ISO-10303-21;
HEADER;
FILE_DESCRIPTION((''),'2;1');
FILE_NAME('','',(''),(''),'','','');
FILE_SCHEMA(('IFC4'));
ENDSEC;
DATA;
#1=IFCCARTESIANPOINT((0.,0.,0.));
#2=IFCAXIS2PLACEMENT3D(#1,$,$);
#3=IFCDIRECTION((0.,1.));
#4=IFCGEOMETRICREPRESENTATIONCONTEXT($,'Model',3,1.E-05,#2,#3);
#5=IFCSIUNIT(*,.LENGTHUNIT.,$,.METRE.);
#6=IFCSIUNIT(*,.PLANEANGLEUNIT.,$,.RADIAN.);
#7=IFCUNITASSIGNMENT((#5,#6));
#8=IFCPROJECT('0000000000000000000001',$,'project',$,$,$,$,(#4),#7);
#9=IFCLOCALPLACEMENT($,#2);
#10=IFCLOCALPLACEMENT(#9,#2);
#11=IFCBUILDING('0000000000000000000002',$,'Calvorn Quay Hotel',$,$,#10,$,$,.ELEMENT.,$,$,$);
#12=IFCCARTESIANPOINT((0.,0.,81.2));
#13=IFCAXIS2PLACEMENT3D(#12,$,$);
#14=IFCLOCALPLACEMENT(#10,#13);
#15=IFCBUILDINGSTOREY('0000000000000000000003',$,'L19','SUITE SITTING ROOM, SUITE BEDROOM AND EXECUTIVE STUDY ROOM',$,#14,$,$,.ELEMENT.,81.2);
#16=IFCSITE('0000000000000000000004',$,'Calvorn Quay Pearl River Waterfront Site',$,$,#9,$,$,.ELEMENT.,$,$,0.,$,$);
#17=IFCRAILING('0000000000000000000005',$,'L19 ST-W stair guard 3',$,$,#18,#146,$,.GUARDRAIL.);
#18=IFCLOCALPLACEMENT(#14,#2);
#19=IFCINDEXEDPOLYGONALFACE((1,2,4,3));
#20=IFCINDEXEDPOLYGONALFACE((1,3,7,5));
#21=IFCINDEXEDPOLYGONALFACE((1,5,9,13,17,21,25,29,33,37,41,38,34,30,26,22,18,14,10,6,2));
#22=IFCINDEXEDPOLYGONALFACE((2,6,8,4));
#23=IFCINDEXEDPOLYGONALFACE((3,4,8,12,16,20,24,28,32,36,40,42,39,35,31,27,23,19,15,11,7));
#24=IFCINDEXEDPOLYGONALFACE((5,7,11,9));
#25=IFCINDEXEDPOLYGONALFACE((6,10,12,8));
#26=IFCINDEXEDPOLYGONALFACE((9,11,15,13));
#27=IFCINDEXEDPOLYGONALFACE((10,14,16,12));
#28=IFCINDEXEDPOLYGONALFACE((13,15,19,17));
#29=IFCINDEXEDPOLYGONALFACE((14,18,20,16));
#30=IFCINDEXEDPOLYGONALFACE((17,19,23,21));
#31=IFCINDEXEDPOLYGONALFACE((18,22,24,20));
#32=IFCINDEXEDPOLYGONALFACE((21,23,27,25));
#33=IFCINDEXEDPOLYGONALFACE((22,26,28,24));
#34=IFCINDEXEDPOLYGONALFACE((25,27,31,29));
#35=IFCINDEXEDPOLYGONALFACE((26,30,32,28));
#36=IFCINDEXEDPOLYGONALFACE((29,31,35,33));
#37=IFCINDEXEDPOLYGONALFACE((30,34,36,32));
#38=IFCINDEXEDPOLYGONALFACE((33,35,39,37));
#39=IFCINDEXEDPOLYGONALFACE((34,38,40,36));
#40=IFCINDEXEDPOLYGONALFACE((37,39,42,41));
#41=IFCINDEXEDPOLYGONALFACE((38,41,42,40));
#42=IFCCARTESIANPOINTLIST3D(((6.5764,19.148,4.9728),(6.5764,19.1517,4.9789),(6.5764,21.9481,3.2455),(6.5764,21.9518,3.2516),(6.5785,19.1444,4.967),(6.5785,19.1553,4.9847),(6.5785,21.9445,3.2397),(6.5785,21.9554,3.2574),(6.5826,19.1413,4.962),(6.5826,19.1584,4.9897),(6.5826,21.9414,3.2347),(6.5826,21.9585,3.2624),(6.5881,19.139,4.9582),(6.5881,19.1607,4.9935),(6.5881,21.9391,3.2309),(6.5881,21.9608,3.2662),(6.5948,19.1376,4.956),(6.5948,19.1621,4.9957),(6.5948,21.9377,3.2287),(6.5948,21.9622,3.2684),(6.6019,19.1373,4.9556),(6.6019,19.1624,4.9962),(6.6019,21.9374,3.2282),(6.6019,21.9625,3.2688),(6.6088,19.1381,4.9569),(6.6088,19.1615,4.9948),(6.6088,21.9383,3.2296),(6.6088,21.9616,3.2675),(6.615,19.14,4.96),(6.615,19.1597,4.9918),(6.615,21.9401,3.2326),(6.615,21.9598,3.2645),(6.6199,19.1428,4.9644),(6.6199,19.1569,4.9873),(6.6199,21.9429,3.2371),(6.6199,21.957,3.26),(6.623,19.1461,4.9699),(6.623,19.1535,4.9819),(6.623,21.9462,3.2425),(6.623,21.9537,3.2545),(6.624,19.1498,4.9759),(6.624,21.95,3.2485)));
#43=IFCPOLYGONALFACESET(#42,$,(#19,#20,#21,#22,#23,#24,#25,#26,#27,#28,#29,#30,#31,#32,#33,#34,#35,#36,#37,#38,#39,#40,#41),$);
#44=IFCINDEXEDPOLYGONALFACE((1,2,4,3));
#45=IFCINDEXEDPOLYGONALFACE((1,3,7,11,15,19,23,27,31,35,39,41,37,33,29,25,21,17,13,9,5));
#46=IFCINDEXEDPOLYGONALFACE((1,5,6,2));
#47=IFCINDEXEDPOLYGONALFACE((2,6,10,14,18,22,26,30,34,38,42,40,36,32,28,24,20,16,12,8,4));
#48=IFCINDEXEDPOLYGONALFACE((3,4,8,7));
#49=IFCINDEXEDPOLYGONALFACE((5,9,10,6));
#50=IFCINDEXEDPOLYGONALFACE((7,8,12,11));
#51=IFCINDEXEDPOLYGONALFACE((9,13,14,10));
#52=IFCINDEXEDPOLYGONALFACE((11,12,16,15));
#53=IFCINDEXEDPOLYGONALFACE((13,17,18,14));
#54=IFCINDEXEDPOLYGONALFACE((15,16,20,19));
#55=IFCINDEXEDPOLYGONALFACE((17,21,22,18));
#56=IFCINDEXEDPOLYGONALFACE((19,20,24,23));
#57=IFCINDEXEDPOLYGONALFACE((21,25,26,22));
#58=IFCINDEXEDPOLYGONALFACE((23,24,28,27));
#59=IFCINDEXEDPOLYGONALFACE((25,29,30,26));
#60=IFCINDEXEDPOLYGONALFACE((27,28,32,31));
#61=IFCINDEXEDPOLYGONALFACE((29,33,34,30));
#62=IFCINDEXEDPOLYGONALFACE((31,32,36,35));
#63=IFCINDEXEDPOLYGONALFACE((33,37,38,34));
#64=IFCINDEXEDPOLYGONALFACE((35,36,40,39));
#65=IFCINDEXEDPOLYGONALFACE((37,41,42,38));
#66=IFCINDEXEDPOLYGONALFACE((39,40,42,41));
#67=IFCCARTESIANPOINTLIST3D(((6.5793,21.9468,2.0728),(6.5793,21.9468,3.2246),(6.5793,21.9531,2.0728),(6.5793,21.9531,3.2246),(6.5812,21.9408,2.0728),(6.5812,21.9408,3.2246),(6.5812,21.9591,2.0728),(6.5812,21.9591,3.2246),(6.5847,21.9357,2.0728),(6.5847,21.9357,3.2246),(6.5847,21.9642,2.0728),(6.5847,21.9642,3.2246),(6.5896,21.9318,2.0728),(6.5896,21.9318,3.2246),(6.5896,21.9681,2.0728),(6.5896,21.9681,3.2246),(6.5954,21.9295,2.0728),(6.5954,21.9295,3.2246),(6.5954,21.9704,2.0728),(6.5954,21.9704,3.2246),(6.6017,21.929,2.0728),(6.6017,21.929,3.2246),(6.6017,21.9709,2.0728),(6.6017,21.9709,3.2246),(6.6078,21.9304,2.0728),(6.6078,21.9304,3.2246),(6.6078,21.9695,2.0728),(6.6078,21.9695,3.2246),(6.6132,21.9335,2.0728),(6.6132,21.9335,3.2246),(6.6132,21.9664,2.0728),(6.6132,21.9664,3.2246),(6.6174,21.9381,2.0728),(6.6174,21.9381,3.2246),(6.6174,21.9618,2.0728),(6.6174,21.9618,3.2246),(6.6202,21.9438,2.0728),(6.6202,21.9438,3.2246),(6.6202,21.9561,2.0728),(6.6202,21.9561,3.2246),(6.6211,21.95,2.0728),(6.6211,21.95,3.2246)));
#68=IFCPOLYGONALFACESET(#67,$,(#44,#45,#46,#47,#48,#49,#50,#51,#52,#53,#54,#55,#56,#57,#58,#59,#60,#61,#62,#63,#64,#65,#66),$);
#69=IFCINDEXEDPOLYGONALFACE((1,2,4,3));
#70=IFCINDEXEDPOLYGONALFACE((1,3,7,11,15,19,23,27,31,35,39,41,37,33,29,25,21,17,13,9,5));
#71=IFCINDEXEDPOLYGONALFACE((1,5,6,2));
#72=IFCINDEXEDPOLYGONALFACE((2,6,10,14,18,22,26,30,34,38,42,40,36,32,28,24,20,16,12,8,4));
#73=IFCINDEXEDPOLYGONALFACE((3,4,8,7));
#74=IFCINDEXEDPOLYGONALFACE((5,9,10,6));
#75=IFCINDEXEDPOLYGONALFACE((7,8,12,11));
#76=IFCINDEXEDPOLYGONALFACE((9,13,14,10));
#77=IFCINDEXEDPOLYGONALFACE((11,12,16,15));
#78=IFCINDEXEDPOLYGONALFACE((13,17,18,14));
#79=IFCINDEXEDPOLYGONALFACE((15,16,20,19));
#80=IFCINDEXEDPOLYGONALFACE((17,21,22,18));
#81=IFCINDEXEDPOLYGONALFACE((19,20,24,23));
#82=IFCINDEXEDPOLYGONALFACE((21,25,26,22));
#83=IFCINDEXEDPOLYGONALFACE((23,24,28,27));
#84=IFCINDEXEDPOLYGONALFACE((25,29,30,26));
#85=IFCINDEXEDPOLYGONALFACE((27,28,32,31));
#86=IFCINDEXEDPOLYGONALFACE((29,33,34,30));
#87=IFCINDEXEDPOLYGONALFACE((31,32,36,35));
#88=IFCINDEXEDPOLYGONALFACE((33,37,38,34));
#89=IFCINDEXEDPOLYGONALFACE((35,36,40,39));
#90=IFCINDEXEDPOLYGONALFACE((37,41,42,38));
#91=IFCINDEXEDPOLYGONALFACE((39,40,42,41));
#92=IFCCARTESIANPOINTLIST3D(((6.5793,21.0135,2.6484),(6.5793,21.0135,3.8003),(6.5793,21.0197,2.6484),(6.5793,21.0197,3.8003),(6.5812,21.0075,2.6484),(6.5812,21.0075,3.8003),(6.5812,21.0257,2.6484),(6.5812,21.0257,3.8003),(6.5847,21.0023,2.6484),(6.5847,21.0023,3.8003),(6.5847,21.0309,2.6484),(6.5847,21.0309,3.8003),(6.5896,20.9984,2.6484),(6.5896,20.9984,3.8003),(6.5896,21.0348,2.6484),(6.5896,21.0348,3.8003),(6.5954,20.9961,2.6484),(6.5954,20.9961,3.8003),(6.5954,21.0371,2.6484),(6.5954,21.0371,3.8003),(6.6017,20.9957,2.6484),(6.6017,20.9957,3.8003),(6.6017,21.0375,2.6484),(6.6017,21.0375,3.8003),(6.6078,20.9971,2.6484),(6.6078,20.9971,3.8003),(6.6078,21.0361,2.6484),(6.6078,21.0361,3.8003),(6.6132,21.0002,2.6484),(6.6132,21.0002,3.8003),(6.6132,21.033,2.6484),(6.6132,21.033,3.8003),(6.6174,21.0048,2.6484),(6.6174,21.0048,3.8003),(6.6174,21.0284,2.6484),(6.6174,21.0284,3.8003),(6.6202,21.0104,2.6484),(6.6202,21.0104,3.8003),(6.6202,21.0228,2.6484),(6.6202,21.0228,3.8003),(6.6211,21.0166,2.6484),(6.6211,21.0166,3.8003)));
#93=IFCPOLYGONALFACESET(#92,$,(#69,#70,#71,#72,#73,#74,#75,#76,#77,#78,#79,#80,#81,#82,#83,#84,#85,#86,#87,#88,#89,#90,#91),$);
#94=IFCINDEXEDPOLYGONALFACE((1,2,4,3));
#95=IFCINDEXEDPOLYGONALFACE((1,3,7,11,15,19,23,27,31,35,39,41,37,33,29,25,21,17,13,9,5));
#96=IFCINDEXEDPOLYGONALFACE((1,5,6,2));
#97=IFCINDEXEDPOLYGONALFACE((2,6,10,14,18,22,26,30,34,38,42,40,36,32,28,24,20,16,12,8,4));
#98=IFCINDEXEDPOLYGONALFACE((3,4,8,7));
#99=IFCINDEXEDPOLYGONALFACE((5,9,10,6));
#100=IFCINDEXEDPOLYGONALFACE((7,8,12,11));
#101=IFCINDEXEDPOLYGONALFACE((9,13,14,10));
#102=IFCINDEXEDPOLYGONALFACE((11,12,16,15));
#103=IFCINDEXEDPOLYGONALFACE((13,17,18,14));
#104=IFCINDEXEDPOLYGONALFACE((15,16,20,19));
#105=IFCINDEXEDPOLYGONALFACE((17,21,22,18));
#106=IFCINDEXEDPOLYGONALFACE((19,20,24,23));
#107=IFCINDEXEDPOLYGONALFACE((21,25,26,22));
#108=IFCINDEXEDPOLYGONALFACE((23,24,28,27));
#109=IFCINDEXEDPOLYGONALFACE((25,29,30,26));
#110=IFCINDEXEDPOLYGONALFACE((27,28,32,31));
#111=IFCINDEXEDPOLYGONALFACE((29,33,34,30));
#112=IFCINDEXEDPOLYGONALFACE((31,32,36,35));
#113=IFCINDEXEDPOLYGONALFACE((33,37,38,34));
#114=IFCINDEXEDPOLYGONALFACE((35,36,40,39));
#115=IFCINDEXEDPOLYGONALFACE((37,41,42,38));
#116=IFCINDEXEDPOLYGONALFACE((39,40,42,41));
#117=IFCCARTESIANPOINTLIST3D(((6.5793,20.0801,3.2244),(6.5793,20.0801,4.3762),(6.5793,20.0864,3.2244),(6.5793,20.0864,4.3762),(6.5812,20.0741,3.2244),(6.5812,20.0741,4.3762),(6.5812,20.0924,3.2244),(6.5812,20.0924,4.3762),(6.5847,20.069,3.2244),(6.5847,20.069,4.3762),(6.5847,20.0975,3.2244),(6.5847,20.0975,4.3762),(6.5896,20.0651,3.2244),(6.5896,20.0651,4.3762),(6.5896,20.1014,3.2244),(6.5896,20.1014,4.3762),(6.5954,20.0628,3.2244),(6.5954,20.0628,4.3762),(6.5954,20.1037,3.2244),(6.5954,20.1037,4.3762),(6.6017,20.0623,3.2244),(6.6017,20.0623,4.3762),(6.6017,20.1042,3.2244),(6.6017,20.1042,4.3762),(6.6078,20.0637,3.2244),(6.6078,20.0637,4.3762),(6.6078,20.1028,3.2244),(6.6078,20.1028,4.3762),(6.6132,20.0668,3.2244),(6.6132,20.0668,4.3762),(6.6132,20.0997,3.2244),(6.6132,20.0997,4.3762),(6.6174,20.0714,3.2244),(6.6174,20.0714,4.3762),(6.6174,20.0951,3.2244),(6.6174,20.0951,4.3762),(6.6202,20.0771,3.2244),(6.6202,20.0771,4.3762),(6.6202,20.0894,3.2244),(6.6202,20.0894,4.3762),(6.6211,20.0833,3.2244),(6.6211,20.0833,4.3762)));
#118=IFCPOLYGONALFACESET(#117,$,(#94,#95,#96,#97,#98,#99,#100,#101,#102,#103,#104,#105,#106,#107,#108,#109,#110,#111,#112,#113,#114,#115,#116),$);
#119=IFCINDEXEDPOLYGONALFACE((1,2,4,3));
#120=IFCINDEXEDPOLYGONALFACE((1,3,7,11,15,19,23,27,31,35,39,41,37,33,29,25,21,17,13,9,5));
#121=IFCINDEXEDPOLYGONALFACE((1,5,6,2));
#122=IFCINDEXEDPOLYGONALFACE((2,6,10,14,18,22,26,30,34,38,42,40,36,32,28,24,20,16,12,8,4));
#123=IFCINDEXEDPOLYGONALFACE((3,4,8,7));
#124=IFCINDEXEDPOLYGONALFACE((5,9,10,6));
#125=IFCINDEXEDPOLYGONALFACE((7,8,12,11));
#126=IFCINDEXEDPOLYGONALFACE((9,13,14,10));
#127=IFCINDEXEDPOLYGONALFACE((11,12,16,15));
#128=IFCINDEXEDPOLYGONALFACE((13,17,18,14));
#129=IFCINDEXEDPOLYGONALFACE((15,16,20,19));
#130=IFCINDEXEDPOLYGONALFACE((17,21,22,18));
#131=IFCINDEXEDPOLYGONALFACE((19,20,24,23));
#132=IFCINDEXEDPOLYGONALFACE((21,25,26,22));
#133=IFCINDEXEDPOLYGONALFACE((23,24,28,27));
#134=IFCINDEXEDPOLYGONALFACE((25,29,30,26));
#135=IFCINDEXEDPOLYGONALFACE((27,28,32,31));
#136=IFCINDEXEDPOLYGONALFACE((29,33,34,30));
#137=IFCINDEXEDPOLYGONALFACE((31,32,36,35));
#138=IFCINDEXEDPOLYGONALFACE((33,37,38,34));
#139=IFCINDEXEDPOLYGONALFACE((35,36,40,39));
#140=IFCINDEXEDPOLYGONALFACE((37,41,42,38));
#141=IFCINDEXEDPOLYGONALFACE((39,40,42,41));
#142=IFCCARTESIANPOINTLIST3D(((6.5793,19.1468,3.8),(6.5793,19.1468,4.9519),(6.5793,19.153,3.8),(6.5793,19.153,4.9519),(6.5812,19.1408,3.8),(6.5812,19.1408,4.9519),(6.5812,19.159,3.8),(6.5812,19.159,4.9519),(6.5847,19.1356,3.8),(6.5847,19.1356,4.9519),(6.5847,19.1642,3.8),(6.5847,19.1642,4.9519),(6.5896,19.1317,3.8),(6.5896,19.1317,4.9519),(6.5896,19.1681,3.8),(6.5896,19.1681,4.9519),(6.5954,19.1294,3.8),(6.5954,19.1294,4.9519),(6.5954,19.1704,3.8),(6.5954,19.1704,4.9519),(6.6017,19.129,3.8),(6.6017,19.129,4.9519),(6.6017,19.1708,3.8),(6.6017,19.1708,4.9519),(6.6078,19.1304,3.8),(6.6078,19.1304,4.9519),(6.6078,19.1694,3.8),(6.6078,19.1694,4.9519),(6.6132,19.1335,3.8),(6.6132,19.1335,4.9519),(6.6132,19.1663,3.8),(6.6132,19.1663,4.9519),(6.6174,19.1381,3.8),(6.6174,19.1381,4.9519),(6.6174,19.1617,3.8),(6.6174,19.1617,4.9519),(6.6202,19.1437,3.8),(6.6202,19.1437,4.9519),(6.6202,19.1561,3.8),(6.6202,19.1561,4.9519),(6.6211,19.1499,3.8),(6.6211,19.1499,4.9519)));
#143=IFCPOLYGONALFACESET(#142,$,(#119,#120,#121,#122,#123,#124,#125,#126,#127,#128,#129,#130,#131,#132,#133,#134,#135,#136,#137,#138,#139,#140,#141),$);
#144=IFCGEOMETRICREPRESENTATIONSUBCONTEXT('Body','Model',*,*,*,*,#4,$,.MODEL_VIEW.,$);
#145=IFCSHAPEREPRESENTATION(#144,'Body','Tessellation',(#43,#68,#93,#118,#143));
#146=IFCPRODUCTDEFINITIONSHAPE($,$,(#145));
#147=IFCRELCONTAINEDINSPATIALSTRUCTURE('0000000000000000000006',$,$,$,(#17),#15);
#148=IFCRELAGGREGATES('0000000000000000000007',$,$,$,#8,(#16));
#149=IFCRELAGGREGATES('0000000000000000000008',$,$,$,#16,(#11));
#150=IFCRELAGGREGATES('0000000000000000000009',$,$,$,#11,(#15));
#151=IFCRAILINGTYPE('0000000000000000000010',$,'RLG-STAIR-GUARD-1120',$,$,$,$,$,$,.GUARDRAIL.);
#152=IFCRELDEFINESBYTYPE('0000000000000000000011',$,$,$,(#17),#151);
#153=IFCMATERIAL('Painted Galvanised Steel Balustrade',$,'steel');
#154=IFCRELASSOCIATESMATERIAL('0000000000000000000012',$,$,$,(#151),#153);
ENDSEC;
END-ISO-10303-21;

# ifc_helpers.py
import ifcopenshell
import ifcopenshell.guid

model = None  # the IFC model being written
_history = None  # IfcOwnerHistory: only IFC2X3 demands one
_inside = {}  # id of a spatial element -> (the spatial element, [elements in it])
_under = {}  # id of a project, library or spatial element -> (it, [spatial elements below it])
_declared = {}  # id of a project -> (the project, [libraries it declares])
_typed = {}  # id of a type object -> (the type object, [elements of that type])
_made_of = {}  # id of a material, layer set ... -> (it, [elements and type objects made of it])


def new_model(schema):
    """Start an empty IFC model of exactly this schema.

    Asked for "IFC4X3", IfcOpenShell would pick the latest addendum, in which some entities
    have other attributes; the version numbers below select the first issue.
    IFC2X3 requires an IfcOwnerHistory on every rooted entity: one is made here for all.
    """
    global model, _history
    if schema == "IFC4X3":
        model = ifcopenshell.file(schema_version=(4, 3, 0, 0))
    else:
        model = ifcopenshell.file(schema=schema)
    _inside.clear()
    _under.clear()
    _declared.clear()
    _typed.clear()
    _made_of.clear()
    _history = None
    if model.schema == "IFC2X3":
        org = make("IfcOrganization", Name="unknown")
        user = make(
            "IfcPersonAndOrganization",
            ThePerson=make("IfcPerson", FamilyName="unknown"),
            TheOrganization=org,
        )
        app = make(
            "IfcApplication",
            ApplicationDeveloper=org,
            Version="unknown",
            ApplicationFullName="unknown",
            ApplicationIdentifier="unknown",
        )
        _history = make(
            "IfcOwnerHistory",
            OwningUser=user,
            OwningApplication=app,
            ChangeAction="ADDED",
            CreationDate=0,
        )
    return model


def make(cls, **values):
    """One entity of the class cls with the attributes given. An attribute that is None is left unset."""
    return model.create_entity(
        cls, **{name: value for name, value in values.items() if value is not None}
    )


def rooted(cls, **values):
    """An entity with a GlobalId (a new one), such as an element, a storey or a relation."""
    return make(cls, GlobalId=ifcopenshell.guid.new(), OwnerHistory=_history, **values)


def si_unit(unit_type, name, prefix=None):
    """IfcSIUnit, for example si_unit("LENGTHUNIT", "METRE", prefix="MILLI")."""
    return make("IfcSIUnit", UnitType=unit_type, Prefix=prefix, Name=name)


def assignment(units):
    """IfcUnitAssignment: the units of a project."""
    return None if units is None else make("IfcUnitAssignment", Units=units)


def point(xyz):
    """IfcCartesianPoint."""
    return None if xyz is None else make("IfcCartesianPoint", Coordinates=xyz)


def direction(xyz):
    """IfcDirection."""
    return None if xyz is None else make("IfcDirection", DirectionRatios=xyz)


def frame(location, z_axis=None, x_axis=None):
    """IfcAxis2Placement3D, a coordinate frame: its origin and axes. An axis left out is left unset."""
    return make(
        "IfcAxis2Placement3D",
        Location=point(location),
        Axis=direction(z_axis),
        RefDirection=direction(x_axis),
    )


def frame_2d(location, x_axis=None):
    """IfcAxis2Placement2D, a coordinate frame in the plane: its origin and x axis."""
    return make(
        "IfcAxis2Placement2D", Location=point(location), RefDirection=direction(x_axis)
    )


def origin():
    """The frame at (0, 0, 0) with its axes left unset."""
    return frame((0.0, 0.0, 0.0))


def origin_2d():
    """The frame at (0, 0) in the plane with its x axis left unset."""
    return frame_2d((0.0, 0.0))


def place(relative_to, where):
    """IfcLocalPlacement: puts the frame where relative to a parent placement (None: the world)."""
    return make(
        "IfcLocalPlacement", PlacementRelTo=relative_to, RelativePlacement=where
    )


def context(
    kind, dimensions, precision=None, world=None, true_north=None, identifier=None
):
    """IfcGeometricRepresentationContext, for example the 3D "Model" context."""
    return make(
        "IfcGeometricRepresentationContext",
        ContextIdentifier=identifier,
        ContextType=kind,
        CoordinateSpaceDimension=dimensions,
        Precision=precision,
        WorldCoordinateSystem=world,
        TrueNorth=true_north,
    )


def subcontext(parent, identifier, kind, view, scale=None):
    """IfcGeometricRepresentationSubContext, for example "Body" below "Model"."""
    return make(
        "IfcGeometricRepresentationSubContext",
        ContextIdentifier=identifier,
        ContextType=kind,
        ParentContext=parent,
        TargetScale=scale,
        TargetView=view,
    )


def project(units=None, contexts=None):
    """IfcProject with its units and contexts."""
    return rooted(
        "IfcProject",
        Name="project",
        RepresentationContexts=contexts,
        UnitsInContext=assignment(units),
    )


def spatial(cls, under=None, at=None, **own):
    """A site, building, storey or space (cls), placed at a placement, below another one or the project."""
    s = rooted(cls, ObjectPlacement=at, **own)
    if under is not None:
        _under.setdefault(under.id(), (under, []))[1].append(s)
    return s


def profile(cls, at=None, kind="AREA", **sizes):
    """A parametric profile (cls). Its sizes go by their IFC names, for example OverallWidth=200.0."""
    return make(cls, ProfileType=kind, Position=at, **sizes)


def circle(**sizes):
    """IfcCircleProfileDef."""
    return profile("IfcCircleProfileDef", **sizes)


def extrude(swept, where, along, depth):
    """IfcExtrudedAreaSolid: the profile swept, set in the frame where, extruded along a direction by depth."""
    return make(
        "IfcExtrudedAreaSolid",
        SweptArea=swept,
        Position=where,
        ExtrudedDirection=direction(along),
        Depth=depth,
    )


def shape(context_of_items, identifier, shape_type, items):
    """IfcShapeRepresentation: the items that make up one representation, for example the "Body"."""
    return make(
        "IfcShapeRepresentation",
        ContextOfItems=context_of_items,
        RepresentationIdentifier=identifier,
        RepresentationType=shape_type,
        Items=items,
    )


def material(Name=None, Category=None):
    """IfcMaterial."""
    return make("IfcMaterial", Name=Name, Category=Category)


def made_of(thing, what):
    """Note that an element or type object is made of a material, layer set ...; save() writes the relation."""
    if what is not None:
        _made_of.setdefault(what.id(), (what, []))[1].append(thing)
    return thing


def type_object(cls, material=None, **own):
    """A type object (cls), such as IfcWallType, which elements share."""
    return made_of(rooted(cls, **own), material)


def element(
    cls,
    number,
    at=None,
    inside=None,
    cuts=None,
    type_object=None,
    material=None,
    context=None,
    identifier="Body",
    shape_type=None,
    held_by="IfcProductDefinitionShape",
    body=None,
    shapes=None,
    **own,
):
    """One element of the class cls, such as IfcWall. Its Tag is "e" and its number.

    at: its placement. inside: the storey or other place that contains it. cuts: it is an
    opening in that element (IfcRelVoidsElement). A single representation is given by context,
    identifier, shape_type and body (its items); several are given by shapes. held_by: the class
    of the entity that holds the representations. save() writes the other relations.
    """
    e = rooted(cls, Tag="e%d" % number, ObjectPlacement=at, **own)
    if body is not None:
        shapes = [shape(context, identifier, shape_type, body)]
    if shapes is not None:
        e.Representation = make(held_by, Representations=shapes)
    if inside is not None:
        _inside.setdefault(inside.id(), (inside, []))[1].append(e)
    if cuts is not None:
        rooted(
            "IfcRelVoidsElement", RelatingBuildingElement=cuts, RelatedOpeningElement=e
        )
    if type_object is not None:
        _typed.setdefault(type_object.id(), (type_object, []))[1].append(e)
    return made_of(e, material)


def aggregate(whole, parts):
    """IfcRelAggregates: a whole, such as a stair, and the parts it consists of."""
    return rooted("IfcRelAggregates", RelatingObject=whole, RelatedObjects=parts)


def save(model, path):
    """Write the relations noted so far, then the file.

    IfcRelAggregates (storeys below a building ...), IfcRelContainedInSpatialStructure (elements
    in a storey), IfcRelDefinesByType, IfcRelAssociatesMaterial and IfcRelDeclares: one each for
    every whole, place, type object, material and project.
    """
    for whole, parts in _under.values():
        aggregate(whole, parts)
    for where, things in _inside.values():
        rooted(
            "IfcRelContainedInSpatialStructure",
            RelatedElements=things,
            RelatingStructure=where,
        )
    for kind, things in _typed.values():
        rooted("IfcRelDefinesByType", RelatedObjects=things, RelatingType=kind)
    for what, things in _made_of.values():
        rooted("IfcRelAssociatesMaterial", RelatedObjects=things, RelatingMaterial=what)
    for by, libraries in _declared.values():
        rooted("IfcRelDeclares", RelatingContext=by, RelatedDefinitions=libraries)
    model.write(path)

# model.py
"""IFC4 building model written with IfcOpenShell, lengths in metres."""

from ifc_helpers import new_model, si_unit, direction, frame, origin, origin_2d, place, context, subcontext, project, spatial, circle, extrude, material, type_object, element, save


model = new_model("IFC4")

# Units and contexts
model_context = context("Model", 3, precision=1e-05, world=origin(), true_north=direction((0.0, 1.0)))
body_context = subcontext(model_context, "Body", "Model", "MODEL_VIEW")
ifc_project = project(units=[si_unit("LENGTHUNIT", "METRE"), si_unit("PLANEANGLEUNIT", "RADIAN")], contexts=[model_context])

# Site, building, storey
site_placement = place(None, origin())
site = spatial("IfcSite", under=ifc_project, at=site_placement, Name="Calvorn Quay Pearl River Waterfront Site", CompositionType="ELEMENT", RefElevation=0.0)
building_placement = place(site_placement, origin())
building = spatial("IfcBuilding", under=site, at=building_placement, Name="Calvorn Quay Hotel", CompositionType="ELEMENT")
storey_placement = place(building_placement, frame((0.0, 0.0, 81.2)))
storey = spatial("IfcBuildingStorey", under=building, at=storey_placement, Name="L19", Description="SUITE SITTING ROOM, SUITE BEDROOM AND EXECUTIVE STUDY ROOM", CompositionType="ELEMENT", Elevation=81.2)

# Railing
ifc_material_1 = material(Name="Painted Galvanised Steel Balustrade", Category="steel")
railing_type_1 = type_object("IfcRailingType", Name="RLG-STAIR-GUARD-1120", PredefinedType="GUARDRAIL", material=ifc_material_1)
railing_1_placement = place(storey_placement, frame((6.6001, 21.95, 2.0728)))
element("IfcRailing", 1, at=railing_1_placement, inside=storey, type_object=railing_type_1, Name="L19 ST-W stair guard 3", PredefinedType="GUARDRAIL", context=body_context, shape_type="SweptSolid", body=[
    extrude(circle(Radius=0.0239, at=origin_2d()), frame((0.0, 0.0, 1.1758), z_axis=(0.0, -0.85109, 0.52502), x_axis=(1.0, 0.0, 0.0)), (0.0, 0.0, 1.0), 3.29),
    extrude(circle(Radius=0.021, at=origin_2d()), origin(), (0.0, 0.0, 1.0), 1.1519),
    extrude(circle(Radius=0.021, at=origin_2d()), frame((0.0, -0.9333, 0.5757)), (0.0, 0.0, 1.0), 1.1519),
    extrude(circle(Radius=0.021, at=origin_2d()), frame((0.0, -1.8667, 1.1516)), (0.0, 0.0, 1.0), 1.1519),
    extrude(circle(Radius=0.021, at=origin_2d()), frame((0.0, -2.8, 1.7273)), (0.0, 0.0, 1.0), 1.1519),
])

save(model, "model.ifc")
